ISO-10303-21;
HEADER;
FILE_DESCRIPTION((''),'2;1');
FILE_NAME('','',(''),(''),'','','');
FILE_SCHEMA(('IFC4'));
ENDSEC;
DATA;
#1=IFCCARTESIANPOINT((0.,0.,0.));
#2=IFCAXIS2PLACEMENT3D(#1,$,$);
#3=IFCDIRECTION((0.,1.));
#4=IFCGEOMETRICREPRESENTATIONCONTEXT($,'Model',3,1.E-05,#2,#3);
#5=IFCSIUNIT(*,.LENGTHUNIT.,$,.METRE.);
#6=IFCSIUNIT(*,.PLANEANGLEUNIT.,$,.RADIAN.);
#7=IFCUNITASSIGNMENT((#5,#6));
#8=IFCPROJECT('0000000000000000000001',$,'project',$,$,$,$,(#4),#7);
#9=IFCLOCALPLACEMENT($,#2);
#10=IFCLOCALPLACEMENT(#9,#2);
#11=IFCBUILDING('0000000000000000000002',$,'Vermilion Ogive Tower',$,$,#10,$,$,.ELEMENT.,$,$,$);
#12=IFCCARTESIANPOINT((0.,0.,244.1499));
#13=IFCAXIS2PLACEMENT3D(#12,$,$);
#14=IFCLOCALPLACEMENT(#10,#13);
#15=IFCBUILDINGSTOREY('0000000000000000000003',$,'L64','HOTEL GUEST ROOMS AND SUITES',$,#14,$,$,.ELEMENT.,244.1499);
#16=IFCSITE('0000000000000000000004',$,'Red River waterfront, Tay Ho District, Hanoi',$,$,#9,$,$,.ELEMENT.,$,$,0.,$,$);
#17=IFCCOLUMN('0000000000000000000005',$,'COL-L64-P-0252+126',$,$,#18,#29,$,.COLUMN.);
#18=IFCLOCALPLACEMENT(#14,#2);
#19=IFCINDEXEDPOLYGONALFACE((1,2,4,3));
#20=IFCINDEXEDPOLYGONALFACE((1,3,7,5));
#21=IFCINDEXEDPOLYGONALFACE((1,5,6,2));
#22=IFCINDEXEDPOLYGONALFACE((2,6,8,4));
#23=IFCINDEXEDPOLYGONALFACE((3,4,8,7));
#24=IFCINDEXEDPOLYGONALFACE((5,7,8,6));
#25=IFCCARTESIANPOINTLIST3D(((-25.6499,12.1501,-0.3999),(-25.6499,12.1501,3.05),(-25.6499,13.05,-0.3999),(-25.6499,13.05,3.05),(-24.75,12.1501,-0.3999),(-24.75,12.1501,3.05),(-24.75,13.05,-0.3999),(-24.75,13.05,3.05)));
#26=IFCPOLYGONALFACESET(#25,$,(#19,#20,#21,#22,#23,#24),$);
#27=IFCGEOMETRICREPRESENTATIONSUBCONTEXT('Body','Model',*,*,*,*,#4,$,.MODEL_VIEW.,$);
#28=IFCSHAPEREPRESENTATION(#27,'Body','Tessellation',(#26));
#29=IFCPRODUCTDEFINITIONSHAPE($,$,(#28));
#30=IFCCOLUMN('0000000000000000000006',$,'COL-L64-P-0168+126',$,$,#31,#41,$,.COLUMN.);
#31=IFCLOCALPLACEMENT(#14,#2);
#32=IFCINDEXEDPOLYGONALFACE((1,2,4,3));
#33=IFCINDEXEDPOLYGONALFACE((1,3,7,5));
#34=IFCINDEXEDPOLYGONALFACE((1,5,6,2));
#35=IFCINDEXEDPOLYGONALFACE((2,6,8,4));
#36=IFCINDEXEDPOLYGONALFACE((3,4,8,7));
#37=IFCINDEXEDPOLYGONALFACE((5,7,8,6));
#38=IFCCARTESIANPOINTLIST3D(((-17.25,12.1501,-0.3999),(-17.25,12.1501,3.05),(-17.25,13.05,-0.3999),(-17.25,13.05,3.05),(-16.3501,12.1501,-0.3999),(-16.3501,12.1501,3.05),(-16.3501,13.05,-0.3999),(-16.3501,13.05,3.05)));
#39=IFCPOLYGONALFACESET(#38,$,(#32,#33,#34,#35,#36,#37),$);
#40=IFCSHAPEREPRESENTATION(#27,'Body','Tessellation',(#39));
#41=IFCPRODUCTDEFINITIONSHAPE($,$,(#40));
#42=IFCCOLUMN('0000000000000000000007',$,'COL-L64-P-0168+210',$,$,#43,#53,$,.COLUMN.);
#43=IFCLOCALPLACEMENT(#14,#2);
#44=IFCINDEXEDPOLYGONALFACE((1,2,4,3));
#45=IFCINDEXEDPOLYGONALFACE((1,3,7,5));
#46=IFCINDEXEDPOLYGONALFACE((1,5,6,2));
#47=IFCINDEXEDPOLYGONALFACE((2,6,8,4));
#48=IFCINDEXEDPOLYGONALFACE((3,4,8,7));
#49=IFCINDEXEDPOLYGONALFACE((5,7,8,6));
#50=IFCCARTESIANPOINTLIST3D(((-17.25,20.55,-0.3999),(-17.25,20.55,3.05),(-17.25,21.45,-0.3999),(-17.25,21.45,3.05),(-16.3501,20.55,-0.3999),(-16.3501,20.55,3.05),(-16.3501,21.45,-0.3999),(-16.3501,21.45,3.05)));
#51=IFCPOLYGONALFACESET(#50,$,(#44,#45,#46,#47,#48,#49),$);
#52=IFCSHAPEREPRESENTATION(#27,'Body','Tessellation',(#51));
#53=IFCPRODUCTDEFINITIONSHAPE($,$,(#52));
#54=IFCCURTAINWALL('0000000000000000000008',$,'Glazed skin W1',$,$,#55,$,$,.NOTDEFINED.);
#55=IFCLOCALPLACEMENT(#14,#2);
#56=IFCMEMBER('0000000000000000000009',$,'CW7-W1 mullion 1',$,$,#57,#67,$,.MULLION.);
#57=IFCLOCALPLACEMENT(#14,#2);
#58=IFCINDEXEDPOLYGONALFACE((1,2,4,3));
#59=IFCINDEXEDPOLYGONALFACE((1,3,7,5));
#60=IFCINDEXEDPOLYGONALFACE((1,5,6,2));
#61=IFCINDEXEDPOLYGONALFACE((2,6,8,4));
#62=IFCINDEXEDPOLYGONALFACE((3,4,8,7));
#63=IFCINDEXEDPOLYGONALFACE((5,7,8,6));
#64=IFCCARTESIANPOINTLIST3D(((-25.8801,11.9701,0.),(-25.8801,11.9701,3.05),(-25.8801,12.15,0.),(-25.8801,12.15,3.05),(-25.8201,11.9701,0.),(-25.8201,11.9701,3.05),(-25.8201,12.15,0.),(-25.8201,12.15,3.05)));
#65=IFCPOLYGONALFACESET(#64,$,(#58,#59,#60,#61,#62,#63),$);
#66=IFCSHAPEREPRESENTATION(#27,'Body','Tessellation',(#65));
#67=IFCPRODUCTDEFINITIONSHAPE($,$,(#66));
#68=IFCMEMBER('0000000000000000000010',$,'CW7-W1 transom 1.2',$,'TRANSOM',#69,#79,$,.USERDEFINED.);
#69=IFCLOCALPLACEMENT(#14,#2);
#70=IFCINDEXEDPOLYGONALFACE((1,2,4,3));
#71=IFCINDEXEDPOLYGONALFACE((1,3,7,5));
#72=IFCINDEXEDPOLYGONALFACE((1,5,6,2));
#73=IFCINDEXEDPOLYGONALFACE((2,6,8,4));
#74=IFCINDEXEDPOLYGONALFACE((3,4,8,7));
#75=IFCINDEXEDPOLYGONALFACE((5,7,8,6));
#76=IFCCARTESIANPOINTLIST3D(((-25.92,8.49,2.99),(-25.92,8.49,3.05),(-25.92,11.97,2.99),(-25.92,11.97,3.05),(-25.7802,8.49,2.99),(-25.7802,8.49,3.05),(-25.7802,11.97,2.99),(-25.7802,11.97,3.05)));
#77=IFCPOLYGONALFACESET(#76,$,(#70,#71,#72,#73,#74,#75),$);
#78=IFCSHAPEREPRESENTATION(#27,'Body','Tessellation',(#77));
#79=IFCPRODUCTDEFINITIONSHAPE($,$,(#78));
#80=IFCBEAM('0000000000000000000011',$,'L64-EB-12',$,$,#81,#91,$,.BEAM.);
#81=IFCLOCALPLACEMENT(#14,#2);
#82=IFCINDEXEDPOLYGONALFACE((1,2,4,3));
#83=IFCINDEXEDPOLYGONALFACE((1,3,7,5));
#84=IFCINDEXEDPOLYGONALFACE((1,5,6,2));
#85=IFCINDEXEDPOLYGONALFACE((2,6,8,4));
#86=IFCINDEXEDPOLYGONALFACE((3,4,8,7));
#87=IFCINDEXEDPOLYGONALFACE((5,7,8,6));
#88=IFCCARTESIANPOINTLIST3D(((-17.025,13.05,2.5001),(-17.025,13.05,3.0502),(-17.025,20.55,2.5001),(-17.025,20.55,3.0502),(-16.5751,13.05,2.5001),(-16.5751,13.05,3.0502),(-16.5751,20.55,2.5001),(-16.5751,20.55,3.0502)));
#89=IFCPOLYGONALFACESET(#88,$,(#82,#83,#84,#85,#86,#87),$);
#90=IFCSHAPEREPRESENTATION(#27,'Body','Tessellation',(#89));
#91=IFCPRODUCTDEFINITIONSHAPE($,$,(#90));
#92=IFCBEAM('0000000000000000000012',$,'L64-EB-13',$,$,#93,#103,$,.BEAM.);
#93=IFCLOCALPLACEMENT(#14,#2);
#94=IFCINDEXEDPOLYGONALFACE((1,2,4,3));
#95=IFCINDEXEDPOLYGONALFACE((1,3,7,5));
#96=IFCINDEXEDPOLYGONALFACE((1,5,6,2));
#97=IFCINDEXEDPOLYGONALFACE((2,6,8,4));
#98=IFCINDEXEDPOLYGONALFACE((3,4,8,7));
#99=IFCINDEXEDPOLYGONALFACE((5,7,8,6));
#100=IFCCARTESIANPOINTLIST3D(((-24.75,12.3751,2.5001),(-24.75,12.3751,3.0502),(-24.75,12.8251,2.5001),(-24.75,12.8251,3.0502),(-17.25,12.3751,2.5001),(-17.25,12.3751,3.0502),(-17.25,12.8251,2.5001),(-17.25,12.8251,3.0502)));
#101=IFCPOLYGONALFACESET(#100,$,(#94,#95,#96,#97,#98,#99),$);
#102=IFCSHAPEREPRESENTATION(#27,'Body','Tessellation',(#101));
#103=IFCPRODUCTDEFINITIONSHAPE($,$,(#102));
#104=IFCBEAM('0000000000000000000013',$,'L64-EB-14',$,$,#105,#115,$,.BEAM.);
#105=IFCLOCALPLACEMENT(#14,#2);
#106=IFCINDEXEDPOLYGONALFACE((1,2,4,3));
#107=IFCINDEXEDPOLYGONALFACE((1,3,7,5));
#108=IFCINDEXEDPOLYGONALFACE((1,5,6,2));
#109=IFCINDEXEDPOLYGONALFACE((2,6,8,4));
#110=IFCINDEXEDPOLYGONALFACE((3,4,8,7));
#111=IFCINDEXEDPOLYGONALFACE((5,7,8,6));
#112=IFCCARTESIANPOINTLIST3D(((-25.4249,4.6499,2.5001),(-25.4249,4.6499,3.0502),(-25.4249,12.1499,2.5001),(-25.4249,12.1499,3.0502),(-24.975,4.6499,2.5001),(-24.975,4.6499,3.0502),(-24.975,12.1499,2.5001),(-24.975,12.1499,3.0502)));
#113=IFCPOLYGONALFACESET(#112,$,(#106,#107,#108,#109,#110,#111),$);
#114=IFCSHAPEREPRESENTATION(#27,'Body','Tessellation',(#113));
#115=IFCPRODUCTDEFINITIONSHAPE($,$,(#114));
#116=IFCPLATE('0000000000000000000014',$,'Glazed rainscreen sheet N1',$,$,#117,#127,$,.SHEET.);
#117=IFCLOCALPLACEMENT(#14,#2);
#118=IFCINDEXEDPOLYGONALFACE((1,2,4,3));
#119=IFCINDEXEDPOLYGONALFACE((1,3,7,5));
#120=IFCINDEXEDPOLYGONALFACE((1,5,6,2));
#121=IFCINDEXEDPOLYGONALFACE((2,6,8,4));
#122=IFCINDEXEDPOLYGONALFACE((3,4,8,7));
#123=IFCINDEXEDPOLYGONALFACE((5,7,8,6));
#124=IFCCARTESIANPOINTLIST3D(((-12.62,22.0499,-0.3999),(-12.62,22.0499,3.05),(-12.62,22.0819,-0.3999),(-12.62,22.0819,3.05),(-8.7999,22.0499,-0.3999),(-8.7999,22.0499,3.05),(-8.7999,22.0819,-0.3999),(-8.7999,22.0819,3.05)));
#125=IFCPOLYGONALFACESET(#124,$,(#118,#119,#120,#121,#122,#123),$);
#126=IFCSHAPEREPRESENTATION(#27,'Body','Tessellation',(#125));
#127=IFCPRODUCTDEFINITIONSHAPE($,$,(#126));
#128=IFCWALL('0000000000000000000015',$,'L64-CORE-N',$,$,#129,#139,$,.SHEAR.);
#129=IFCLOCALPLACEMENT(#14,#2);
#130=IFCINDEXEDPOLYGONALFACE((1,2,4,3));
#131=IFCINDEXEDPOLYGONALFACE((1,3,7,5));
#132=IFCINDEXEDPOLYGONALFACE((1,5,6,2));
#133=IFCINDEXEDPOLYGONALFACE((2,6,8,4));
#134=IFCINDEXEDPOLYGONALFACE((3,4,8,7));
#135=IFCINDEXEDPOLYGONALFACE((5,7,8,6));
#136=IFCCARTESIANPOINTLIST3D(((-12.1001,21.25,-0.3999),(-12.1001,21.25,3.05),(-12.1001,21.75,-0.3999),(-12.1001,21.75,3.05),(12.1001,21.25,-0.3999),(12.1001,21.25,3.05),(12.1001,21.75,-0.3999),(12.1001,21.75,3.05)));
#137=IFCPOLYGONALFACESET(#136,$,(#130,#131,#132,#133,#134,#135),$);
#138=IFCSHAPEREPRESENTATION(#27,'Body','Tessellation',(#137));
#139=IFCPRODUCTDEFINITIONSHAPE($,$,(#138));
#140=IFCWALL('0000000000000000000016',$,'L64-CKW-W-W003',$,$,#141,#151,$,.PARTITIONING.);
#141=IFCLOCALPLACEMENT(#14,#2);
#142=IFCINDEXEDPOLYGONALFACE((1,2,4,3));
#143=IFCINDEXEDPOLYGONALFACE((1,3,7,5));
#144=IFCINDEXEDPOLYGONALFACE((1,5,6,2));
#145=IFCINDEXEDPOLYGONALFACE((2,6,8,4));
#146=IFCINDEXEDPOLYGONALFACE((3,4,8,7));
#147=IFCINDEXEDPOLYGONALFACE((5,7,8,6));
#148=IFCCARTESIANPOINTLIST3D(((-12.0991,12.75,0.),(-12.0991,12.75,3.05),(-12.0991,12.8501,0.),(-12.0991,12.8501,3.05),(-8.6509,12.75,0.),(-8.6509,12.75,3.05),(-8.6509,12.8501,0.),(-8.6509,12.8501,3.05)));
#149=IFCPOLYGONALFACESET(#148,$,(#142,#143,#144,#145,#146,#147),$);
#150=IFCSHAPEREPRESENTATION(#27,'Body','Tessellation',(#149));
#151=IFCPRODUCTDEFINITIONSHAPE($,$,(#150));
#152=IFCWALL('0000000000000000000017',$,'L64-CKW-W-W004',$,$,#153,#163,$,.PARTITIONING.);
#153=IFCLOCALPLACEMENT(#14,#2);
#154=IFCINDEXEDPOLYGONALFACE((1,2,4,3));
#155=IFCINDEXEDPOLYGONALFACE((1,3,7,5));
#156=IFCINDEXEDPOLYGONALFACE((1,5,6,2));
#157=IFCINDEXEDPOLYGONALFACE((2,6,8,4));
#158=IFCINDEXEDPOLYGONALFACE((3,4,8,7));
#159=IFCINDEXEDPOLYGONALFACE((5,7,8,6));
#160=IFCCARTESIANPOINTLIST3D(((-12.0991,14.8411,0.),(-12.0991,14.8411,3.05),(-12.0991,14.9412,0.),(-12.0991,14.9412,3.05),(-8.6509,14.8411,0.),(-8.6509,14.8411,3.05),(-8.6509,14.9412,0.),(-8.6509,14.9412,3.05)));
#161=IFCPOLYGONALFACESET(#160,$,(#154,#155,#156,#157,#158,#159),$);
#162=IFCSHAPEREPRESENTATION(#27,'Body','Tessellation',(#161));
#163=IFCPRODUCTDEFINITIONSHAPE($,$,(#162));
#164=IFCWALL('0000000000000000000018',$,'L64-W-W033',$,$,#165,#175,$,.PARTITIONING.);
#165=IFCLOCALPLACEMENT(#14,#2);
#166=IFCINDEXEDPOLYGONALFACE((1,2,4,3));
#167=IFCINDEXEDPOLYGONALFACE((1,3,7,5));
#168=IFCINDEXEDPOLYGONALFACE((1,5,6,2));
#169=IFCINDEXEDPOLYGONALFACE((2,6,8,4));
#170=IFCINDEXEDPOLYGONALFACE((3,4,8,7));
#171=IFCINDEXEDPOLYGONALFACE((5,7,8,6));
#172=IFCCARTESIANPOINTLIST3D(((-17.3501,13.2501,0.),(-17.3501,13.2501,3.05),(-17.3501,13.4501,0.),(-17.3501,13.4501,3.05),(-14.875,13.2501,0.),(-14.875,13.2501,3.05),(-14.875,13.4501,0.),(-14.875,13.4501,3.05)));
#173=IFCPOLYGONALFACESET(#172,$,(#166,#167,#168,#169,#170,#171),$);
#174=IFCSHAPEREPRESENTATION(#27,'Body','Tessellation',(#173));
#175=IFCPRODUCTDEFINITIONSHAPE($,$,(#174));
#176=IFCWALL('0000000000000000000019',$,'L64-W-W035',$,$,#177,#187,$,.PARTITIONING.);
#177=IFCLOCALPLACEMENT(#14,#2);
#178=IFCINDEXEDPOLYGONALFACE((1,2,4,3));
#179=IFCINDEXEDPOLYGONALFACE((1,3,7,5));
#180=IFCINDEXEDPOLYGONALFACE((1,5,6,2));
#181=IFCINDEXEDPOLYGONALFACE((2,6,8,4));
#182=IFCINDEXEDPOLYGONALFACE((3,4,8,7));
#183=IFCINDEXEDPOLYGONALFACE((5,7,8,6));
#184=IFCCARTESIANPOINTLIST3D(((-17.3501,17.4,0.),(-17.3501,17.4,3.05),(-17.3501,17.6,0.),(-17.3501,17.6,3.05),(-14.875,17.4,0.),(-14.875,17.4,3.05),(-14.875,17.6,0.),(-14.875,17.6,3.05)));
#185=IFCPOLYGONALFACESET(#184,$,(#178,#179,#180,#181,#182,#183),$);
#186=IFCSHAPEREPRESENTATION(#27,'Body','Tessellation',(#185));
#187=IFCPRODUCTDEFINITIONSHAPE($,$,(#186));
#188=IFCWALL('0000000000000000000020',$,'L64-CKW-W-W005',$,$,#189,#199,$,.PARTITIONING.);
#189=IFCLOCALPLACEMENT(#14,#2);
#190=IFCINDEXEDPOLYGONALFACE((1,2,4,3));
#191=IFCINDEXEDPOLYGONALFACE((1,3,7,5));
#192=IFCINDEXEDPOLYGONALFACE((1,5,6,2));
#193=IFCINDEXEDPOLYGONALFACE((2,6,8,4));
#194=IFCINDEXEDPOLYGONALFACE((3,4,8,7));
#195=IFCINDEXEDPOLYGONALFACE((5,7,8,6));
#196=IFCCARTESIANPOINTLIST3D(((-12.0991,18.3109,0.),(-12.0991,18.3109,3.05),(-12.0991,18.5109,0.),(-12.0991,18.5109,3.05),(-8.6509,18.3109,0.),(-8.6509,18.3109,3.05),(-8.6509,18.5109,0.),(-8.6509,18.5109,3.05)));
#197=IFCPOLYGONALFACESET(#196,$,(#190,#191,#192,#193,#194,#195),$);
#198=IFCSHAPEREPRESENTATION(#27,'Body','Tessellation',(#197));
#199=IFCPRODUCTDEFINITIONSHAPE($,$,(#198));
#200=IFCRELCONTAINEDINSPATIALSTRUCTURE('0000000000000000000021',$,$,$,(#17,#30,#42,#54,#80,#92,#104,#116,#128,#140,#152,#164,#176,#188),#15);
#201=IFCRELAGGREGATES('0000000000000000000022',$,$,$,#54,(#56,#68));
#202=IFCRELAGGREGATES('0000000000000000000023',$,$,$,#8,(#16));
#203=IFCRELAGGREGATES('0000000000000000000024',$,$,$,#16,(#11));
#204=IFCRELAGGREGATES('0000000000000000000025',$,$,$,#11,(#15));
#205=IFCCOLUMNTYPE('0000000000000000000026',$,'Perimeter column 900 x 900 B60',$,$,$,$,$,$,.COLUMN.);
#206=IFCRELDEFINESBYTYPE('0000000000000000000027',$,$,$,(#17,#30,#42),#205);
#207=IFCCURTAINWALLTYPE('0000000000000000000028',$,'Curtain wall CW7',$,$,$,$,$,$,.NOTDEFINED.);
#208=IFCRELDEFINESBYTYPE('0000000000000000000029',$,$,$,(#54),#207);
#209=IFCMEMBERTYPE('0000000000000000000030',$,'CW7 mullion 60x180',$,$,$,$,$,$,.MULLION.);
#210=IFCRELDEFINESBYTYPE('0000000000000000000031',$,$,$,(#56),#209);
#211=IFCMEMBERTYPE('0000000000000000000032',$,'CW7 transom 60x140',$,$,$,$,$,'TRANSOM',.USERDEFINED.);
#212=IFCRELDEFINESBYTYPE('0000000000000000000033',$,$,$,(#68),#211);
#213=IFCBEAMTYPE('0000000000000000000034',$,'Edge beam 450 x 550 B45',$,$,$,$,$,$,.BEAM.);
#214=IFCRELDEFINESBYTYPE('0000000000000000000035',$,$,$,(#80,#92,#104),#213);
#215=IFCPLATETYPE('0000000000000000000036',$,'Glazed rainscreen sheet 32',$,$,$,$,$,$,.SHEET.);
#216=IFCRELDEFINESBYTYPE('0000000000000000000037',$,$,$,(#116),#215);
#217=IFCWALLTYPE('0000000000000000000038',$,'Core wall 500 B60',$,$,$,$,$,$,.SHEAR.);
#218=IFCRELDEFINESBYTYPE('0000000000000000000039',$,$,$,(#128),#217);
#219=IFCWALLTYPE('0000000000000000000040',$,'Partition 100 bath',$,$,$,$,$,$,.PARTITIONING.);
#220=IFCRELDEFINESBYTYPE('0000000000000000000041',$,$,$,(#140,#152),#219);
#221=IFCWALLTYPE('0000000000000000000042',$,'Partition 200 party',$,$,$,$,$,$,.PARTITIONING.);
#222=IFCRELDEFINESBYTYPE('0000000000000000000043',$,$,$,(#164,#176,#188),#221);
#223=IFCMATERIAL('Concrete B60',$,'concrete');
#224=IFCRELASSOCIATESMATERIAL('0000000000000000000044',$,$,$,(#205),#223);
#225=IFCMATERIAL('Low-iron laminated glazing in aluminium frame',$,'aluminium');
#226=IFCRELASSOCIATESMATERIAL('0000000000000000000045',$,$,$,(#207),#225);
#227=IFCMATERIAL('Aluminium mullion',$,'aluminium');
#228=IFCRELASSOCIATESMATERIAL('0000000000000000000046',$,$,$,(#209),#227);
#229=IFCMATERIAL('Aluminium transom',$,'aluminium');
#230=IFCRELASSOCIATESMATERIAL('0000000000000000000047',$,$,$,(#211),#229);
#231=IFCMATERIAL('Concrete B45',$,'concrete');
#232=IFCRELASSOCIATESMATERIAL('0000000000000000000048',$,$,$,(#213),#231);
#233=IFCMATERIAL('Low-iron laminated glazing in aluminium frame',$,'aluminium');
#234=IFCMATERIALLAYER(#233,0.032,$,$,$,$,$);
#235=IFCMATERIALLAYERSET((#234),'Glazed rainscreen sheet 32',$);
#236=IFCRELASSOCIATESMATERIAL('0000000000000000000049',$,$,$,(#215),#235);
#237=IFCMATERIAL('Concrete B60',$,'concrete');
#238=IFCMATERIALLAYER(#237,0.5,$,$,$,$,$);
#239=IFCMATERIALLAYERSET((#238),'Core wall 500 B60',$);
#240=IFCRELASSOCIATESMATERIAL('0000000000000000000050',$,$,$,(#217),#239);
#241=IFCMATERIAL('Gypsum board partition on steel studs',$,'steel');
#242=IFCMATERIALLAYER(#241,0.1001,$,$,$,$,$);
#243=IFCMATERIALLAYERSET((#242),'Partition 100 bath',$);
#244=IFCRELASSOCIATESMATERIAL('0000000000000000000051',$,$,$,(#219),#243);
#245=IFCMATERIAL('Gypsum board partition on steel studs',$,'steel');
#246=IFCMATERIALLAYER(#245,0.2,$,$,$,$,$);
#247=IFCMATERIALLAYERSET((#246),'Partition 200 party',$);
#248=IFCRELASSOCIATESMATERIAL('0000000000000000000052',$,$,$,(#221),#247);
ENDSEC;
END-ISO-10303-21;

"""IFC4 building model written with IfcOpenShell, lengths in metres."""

from ifc_helpers import new_model, si_unit, direction, frame, frame_2d, origin, origin_2d, place, context, subcontext, project, spatial, rectangle, extrude, material, layer, layer_set, material_profile, profile_set, type_object, element, aggregate, save


model = new_model("IFC4")

# Units and contexts
model_context = context("Model", 3, precision=1e-05, world=origin(), true_north=direction((0.0, 1.0)))
body_context = subcontext(model_context, "Body", "Model", "MODEL_VIEW")
ifc_project = project(units=[si_unit("LENGTHUNIT", "METRE"), si_unit("PLANEANGLEUNIT", "RADIAN")], contexts=[model_context])

# Site, building, storey
site_placement = place(None, origin())
site = spatial("IfcSite", under=ifc_project, at=site_placement, Name="Red River waterfront, Tay Ho District, Hanoi", CompositionType="ELEMENT", RefElevation=0.0)
building_placement = place(site_placement, origin())
building = spatial("IfcBuilding", under=site, at=building_placement, Name="Vermilion Ogive Tower", CompositionType="ELEMENT")
storey_placement = place(building_placement, frame((0.0, 0.0, 244.1499)))
storey = spatial("IfcBuildingStorey", under=building, at=storey_placement, Name="L64", Description="HOTEL GUEST ROOMS AND SUITES", CompositionType="ELEMENT", Elevation=244.1499)

# Columns
ifc_material_1 = material(Name="Concrete B60", Category="concrete")
ifc_material_profile_1 = material_profile(ifc_material_1, rectangle(XDim=0.8999, YDim=0.8999, at=origin_2d()), Name="900 x 900")
ifc_profile_set_1 = profile_set([ifc_material_profile_1], Name="Concrete B60")
column_type = type_object("IfcColumnType", Name="Perimeter column 900 x 900 B60", PredefinedType="COLUMN", material=ifc_profile_set_1)
for number, where, z_axis, x_axis, name in (
    (1, (-25.2, 12.6001, -0.3999), (0.0, 0.0, 1.0), (1.0, 0.0, 0.0), "COL-L64-P-0252+126"),
    (2, (-16.8, 12.6001, -0.3999), (0.0, 0.0, 1.0), (1.0, 0.0, 0.0), "COL-L64-P-0168+126"),
    (3, (-16.8, 21.0, -0.3999), (0.0, 0.0, 1.0), (1.0, 0.0, 0.0), "COL-L64-P-0168+210"),
):
    element("IfcColumn", number, at=place(storey_placement, frame(where, z_axis=z_axis, x_axis=x_axis)), inside=storey, type_object=column_type, Name=name, PredefinedType="COLUMN", context=body_context, shape_type="SweptSolid", body=[
        extrude(rectangle(XDim=0.8999, YDim=0.8999, at=origin_2d()), origin(), (0.0, 0.0, 1.0), 3.45),
    ])

# Curtain wall, members
ifc_material_2 = material(Name="Low-iron laminated glazing in aluminium frame", Category="aluminium")
curtain_wall_type = type_object("IfcCurtainWallType", Name="Curtain wall CW7", PredefinedType="NOTDEFINED", material=ifc_material_2)
curtain_wall_placement = place(storey_placement, origin())
curtain_wall = element("IfcCurtainWall", 4, at=curtain_wall_placement, inside=storey, type_object=curtain_wall_type, Name="Glazed skin W1", PredefinedType="NOTDEFINED")
ifc_material_3 = material(Name="Aluminium mullion", Category="aluminium")
ifc_material_profile_2 = material_profile(ifc_material_3, rectangle(XDim=0.0601, YDim=0.1799, at=origin_2d()), Name="AL 60x180")
ifc_profile_set_2 = profile_set([ifc_material_profile_2], Name="Aluminium mullion")
member_type_1 = type_object("IfcMemberType", Name="CW7 mullion 60x180", PredefinedType="MULLION", material=ifc_profile_set_2)
member_1_placement = place(storey_placement, frame((-25.8501, 12.0601, 0.0), z_axis=(0.0, 0.0, 1.0), x_axis=(1.0, 0.0, 0.0)))
member_1 = element("IfcMember", 5, at=member_1_placement, type_object=member_type_1, Name="CW7-W1 mullion 1", PredefinedType="MULLION", context=body_context, shape_type="SweptSolid", body=[
    extrude(rectangle(XDim=0.0601, YDim=0.1799, at=origin_2d()), origin(), (0.0, 0.0, 1.0), 3.05),
])
ifc_material_4 = material(Name="Aluminium transom", Category="aluminium")
ifc_material_profile_3 = material_profile(ifc_material_4, rectangle(XDim=0.1399, YDim=0.0601, at=origin_2d()), Name="AL 60x140")
ifc_profile_set_3 = profile_set([ifc_material_profile_3], Name="Aluminium transom")
member_type_2 = type_object("IfcMemberType", Name="CW7 transom 60x140", ElementType="TRANSOM", PredefinedType="USERDEFINED", material=ifc_profile_set_3)
member_2_placement = place(storey_placement, frame((-25.8501, 11.97, 3.02), z_axis=(0.0, -1.0, 0.0), x_axis=(1.0, 0.0, 0.0)))
member_2 = element("IfcMember", 6, at=member_2_placement, type_object=member_type_2, Name="CW7-W1 transom 1.2", ObjectType="TRANSOM", PredefinedType="USERDEFINED", context=body_context, shape_type="SweptSolid", body=[
    extrude(rectangle(XDim=0.1399, YDim=0.0601, at=origin_2d()), origin(), (0.0, 0.0, 1.0), 3.48),
])
aggregate(curtain_wall, [member_1, member_2])

# Beams
ifc_material_5 = material(Name="Concrete B45", Category="concrete")
ifc_material_profile_4 = material_profile(ifc_material_5, rectangle(XDim=0.45, YDim=0.55, at=origin_2d()), Name="450 x 550")
ifc_profile_set_4 = profile_set([ifc_material_profile_4], Name="Concrete B45")
beam_type = type_object("IfcBeamType", Name="Edge beam 450 x 550 B45", PredefinedType="BEAM", material=ifc_profile_set_4)
for number, where, z_axis, x_axis, name in (
    (7, (-16.8, 20.55, 2.7751), (0.0, -1.0, 0.0), (1.0, 0.0, 0.0), "L64-EB-12"),
    (8, (-17.25, 12.6001, 2.7751), (-1.0, 0.0, 0.0), (0.0, -1.0, 0.0), "L64-EB-13"),
    (9, (-25.2, 12.1499, 2.7751), (0.0, -1.0, 0.0), (1.0, 0.0, 0.0), "L64-EB-14"),
):
    element("IfcBeam", number, at=place(storey_placement, frame(where, z_axis=z_axis, x_axis=x_axis)), inside=storey, type_object=beam_type, Name=name, PredefinedType="BEAM", context=body_context, shape_type="SweptSolid", body=[
        extrude(rectangle(XDim=0.45, YDim=0.55, at=origin_2d()), origin(), (0.0, 0.0, 1.0), 7.5),
    ])

# Plate
ifc_material_6 = material(Name="Low-iron laminated glazing in aluminium frame", Category="aluminium")
ifc_layer_1 = layer(ifc_material_6, 0.032)
ifc_layer_set_1 = layer_set([ifc_layer_1], Name="Glazed rainscreen sheet 32")
plate_type = type_object("IfcPlateType", Name="Glazed rainscreen sheet 32", PredefinedType="SHEET", material=ifc_layer_set_1)
plate_placement = place(storey_placement, frame((-10.71, 22.0659, -0.3999), z_axis=(0.0, 0.0, 1.0), x_axis=(1.0, 0.0, 0.0)))
element("IfcPlate", 10, at=plate_placement, inside=storey, type_object=plate_type, Name="Glazed rainscreen sheet N1", PredefinedType="SHEET", context=body_context, shape_type="SweptSolid", body=[
    extrude(rectangle(XDim=3.8201, YDim=0.032, at=origin_2d()), origin(), (0.0, 0.0, 1.0), 3.45),
])

# Walls
ifc_material_7 = material(Name="Concrete B60", Category="concrete")
ifc_layer_2 = layer(ifc_material_7, 0.5)
ifc_layer_set_2 = layer_set([ifc_layer_2], Name="Core wall 500 B60")
wall_type_1 = type_object("IfcWallType", Name="Core wall 500 B60", PredefinedType="SHEAR", material=ifc_layer_set_2)
wall_1_placement = place(storey_placement, frame((-12.1001, 21.5, -0.3999), z_axis=(0.0, 0.0, 1.0), x_axis=(1.0, 0.0, 0.0)))
element("IfcWall", 11, at=wall_1_placement, inside=storey, type_object=wall_type_1, Name="L64-CORE-N", PredefinedType="SHEAR", context=body_context, shape_type="SweptSolid", body=[
    extrude(rectangle(XDim=24.2002, YDim=0.5, at=frame_2d((12.1001, 0.0))), origin(), (0.0, 0.0, 1.0), 3.45),
])
ifc_material_8 = material(Name="Gypsum board partition on steel studs", Category="steel")
ifc_layer_3 = layer(ifc_material_8, 0.1001)
ifc_layer_set_3 = layer_set([ifc_layer_3], Name="Partition 100 bath")
wall_type_2 = type_object("IfcWallType", Name="Partition 100 bath", PredefinedType="PARTITIONING", material=ifc_layer_set_3)
for number, where, z_axis, x_axis, name in (
    (12, (-12.0991, 12.8, 0.0), (0.0, 0.0, 1.0), (1.0, 0.0, 0.0), "L64-CKW-W-W003"),
    (13, (-12.0991, 14.8911, 0.0), (0.0, 0.0, 1.0), (1.0, 0.0, 0.0), "L64-CKW-W-W004"),
):
    element("IfcWall", number, at=place(storey_placement, frame(where, z_axis=z_axis, x_axis=x_axis)), inside=storey, type_object=wall_type_2, Name=name, PredefinedType="PARTITIONING", context=body_context, shape_type="SweptSolid", body=[
        extrude(rectangle(XDim=3.4482, YDim=0.1001, at=frame_2d((1.7241, 0.0))), origin(), (0.0, 0.0, 1.0), 3.05),
    ])
ifc_material_9 = material(Name="Gypsum board partition on steel studs", Category="steel")
ifc_layer_4 = layer(ifc_material_9, 0.2)
ifc_layer_set_4 = layer_set([ifc_layer_4], Name="Partition 200 party")
wall_type_3 = type_object("IfcWallType", Name="Partition 200 party", PredefinedType="PARTITIONING", material=ifc_layer_set_4)
for number, where, z_axis, x_axis, name in (
    (14, (-17.3501, 13.3501, 0.0), (0.0, 0.0, 1.0), (1.0, 0.0, 0.0), "L64-W-W033"),
    (15, (-17.3501, 17.5, 0.0), (0.0, 0.0, 1.0), (1.0, 0.0, 0.0), "L64-W-W035"),
):
    element("IfcWall", number, at=place(storey_placement, frame(where, z_axis=z_axis, x_axis=x_axis)), inside=storey, type_object=wall_type_3, Name=name, PredefinedType="PARTITIONING", context=body_context, shape_type="SweptSolid", body=[
        extrude(rectangle(XDim=2.4751, YDim=0.2, at=frame_2d((1.2375, 0.0))), origin(), (0.0, 0.0, 1.0), 3.05),
    ])
wall_2_placement = place(storey_placement, frame((-12.0991, 18.4109, 0.0), z_axis=(0.0, 0.0, 1.0), x_axis=(1.0, 0.0, 0.0)))
element("IfcWall", 16, at=wall_2_placement, inside=storey, type_object=wall_type_3, Name="L64-CKW-W-W005", PredefinedType="PARTITIONING", context=body_context, shape_type="SweptSolid", body=[
    extrude(rectangle(XDim=3.4482, YDim=0.2, at=frame_2d((1.7241, 0.0))), origin(), (0.0, 0.0, 1.0), 3.05),
])

save(model, "model.ifc")
